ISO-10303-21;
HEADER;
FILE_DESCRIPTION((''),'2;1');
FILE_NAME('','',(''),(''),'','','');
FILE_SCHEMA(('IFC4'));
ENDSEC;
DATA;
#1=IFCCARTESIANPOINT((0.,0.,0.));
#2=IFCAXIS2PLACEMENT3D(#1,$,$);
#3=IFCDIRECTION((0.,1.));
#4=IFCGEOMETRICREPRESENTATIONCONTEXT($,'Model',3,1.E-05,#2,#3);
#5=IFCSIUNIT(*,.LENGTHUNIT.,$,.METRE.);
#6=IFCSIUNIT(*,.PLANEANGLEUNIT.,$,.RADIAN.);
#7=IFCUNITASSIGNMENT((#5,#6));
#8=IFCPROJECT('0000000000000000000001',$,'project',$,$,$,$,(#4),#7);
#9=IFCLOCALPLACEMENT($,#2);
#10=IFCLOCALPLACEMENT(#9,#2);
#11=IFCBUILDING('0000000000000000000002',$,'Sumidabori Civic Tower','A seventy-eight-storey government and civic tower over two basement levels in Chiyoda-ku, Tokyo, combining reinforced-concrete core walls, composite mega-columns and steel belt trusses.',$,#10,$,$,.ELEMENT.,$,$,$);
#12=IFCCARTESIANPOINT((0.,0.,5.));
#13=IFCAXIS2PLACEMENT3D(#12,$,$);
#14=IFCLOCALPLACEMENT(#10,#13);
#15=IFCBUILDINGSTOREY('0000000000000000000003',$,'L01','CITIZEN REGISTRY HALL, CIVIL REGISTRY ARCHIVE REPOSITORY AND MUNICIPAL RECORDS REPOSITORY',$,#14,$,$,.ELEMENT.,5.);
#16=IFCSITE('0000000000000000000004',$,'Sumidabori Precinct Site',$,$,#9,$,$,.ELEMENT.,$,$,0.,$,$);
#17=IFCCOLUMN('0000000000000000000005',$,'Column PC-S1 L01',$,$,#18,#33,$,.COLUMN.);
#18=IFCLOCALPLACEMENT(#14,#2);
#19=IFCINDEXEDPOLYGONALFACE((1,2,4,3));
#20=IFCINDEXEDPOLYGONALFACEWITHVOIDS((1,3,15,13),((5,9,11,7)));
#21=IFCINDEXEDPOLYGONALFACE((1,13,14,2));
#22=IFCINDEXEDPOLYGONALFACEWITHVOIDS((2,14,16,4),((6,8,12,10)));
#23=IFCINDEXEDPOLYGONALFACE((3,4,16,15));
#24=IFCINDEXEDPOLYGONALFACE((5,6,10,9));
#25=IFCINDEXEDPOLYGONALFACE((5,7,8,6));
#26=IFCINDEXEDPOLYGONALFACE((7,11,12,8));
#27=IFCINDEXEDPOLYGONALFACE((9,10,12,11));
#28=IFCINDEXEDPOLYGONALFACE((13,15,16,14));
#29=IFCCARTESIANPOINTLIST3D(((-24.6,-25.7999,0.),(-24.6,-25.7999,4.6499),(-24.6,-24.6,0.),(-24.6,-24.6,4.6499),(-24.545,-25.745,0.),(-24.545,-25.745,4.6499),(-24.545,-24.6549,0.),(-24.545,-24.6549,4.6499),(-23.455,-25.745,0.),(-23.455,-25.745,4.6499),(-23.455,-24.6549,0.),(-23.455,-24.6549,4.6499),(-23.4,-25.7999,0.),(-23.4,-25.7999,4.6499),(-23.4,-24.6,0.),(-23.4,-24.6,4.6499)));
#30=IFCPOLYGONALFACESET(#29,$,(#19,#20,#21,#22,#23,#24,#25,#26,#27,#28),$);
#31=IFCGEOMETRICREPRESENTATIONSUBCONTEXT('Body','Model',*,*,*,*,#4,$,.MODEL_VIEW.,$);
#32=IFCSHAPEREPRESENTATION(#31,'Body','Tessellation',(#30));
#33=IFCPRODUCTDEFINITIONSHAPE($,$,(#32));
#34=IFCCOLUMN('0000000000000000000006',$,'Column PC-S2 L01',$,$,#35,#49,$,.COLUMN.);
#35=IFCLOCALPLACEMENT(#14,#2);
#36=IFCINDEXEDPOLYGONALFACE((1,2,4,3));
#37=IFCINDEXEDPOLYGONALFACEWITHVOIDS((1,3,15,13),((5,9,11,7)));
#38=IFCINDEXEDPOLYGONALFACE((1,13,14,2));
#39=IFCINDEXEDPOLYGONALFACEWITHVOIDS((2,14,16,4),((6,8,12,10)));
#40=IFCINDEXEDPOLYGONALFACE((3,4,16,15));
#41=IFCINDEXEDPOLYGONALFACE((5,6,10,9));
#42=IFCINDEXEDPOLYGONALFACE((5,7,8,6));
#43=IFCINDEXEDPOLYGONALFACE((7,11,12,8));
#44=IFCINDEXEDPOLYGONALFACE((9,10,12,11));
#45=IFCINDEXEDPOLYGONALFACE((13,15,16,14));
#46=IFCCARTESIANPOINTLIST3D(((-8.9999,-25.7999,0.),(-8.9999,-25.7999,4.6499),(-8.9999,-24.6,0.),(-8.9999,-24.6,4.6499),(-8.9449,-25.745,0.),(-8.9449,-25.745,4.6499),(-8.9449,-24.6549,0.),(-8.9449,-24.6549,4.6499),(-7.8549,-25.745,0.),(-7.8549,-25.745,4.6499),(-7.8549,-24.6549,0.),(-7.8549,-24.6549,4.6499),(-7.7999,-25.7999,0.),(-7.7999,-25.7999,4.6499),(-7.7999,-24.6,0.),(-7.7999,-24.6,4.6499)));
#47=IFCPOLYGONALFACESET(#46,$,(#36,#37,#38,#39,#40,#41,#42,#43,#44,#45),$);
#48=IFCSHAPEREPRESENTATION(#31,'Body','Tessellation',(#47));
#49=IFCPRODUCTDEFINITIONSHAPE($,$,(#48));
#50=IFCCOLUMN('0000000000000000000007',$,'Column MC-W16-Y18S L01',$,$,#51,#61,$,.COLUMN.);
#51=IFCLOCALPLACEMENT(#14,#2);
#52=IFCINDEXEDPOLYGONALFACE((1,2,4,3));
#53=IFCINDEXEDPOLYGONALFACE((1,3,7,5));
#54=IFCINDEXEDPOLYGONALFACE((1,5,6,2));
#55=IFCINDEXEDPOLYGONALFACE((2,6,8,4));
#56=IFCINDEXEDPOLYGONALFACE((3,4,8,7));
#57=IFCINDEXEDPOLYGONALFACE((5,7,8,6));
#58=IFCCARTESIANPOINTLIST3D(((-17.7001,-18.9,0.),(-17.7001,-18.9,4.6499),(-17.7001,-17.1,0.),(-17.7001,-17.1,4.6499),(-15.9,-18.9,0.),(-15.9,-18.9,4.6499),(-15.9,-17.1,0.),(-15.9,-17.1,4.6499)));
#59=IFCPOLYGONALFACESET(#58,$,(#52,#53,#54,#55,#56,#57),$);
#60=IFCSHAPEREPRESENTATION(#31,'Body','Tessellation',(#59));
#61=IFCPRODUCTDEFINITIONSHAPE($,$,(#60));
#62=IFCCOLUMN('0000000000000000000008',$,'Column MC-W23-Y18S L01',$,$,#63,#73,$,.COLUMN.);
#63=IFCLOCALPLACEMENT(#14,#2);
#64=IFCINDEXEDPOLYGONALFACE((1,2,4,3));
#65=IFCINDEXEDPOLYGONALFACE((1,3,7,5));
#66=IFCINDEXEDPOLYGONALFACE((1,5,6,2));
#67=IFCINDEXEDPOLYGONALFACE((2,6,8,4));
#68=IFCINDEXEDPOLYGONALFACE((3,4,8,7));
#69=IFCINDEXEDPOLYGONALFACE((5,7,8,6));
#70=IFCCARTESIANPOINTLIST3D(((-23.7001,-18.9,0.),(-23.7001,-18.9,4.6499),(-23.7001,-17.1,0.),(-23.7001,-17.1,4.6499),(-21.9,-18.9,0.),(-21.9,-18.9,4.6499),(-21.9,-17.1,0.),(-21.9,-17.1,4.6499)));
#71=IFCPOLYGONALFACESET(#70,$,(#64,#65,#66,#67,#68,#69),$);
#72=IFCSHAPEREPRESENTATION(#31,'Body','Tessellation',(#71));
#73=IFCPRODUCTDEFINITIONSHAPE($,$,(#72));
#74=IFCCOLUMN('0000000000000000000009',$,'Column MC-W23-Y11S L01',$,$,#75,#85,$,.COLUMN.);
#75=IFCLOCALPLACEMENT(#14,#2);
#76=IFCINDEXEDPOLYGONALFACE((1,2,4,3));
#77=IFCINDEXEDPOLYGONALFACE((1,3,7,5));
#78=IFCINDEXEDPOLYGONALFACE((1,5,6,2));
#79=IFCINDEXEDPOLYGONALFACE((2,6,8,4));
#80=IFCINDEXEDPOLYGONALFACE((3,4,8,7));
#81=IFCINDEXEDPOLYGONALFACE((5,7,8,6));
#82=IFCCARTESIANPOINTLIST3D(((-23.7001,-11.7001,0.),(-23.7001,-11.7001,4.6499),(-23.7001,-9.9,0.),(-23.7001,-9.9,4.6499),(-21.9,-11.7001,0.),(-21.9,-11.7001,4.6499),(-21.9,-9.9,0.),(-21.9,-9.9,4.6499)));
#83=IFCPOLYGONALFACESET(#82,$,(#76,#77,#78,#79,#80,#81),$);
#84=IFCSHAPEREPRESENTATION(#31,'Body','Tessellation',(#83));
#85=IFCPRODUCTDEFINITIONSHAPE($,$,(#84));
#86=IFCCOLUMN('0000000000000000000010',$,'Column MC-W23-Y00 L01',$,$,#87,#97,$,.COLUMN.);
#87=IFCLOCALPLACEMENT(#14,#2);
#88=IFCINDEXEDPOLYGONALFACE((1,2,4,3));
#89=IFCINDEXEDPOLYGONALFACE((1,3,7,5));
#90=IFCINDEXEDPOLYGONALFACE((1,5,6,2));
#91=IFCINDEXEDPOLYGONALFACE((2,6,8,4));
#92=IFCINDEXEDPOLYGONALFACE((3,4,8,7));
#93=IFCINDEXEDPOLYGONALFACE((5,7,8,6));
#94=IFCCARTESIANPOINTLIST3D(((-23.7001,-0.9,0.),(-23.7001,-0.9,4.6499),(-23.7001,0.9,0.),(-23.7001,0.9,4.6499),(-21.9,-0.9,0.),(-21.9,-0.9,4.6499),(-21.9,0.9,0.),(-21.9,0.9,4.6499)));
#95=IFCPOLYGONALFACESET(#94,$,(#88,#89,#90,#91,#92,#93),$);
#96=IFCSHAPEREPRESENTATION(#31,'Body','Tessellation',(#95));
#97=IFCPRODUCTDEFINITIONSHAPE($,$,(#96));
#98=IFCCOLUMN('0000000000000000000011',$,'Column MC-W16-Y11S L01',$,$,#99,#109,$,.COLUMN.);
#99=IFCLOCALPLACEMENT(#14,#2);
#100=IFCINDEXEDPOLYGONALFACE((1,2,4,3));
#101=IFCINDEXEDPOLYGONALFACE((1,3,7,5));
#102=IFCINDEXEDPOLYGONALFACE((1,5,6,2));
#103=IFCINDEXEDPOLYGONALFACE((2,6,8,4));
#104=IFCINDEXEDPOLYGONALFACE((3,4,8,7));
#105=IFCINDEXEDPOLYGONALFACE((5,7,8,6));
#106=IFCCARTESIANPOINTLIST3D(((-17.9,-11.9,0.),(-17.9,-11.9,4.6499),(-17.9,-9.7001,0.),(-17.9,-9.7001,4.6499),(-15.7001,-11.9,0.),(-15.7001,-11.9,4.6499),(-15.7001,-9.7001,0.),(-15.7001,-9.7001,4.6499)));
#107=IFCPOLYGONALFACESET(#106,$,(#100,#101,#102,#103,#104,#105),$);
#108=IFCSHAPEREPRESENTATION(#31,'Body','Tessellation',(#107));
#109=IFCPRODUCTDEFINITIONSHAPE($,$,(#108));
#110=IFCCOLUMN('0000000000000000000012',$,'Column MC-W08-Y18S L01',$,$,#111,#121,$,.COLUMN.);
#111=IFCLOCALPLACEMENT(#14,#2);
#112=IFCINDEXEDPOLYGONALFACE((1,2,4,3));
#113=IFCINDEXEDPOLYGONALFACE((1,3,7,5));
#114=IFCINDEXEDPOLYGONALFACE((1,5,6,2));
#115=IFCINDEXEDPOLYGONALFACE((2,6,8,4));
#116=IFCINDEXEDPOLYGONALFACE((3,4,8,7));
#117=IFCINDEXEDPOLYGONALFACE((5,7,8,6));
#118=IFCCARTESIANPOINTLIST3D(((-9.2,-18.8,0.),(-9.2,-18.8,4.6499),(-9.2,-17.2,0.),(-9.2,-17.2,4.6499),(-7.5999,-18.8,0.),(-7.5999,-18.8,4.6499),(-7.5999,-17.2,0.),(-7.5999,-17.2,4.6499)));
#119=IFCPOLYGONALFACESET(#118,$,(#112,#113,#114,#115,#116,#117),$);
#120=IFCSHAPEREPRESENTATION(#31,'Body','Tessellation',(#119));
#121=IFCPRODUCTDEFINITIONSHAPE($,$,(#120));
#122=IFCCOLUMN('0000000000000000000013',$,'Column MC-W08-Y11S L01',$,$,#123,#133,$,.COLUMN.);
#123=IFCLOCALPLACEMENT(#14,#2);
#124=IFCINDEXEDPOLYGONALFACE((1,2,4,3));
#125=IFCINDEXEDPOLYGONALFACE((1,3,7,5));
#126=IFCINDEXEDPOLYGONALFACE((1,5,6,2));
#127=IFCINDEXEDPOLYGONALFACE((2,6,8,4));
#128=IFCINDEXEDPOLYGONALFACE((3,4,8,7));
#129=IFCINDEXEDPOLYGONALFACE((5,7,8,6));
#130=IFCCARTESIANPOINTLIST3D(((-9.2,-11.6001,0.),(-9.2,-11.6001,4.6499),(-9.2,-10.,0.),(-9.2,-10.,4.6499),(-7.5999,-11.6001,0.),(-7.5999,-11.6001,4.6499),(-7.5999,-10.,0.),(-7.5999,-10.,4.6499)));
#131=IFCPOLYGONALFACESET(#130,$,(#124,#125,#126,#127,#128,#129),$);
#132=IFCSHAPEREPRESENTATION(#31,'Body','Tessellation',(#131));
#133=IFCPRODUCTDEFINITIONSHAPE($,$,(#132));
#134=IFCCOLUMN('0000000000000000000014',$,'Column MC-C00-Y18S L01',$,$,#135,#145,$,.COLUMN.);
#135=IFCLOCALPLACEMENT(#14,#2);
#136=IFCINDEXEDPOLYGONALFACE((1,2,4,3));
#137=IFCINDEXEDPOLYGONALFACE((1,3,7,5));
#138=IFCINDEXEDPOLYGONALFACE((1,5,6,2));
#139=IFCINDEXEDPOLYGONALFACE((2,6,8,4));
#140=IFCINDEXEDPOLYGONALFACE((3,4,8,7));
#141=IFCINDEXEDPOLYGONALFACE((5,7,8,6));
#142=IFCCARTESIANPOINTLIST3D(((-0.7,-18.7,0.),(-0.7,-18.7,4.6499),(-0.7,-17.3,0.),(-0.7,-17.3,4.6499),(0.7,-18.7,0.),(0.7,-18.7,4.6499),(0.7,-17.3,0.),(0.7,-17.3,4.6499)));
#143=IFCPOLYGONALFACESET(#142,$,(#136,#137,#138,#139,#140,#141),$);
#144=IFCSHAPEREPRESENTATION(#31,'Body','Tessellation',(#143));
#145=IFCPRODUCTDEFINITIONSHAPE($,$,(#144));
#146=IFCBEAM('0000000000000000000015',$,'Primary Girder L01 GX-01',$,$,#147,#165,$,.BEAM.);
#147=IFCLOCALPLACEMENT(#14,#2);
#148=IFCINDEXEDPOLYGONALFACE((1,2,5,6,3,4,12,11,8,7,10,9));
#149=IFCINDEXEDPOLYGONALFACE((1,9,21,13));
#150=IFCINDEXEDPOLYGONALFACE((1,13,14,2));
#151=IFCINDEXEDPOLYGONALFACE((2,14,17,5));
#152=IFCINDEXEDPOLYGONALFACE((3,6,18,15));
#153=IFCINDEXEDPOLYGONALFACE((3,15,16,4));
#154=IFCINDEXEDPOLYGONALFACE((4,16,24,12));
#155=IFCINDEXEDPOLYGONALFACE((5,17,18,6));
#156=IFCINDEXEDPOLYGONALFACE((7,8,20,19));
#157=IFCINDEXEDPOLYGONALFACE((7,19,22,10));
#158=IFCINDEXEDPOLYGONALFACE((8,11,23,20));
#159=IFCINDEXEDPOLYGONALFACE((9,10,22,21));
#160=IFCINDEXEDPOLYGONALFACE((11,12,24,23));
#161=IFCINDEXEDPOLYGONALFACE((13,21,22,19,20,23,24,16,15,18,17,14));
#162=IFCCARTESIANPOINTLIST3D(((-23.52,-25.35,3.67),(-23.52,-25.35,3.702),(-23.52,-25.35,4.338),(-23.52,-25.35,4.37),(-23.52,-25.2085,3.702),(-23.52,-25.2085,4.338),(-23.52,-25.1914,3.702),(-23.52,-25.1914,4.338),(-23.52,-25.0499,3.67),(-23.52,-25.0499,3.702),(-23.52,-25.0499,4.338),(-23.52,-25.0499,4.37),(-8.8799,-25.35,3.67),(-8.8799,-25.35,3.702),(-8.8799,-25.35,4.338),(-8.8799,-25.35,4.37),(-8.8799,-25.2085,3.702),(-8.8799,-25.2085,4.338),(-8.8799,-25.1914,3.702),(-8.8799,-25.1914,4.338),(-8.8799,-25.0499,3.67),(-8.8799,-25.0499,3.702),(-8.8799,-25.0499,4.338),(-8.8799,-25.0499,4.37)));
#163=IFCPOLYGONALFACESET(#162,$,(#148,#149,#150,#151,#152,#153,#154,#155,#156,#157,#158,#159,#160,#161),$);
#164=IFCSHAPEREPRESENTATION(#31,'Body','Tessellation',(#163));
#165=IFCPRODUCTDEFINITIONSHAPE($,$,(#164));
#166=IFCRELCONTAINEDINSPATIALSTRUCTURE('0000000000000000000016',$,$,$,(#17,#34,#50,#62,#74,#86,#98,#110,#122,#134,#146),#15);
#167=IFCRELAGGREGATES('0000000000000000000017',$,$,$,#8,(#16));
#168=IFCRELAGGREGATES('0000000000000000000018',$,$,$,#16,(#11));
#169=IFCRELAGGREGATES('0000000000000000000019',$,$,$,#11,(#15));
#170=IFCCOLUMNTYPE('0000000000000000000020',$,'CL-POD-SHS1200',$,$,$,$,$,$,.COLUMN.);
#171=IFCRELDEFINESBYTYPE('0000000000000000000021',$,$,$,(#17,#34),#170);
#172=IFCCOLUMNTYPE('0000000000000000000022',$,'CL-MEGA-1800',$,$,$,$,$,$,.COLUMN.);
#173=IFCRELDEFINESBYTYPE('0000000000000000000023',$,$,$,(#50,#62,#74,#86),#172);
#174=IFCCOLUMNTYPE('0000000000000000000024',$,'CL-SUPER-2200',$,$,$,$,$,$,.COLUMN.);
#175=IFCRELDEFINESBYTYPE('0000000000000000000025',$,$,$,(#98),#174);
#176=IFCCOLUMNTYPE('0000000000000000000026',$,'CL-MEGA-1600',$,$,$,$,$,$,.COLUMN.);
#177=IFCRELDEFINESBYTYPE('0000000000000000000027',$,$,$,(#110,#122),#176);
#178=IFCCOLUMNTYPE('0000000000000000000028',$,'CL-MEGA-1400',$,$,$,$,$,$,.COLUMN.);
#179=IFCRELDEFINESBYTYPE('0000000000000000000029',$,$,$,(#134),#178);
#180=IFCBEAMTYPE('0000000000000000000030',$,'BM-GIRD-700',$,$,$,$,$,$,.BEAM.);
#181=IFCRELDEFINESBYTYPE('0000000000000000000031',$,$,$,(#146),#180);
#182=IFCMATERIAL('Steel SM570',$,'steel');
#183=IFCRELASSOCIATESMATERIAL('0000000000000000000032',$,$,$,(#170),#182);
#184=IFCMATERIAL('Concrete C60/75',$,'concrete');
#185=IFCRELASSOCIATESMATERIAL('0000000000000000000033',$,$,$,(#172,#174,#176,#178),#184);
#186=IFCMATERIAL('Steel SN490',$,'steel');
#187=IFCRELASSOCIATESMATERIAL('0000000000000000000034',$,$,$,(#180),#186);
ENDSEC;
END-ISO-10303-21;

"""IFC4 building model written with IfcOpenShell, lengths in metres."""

from ifc_helpers import new_model, si_unit, direction, frame, origin, origin_2d, place, context, subcontext, project, spatial, rectangle, hollow_rectangle, i_section, extrude, source, transform, mapped, material, material_profile, profile_set, type_object, element, save


model = new_model("IFC4")

# Units and contexts
model_context = context("Model", 3, precision=1e-05, world=origin(), true_north=direction((0.0, 1.0)))
body_context = subcontext(model_context, "Body", "Model", "MODEL_VIEW")
ifc_project = project(units=[si_unit("LENGTHUNIT", "METRE"), si_unit("PLANEANGLEUNIT", "RADIAN")], contexts=[model_context])

# Site, building, storey
site_placement = place(None, origin())
site = spatial("IfcSite", under=ifc_project, at=site_placement, Name="Sumidabori Precinct Site", CompositionType="ELEMENT", RefElevation=0.0)
building_placement = place(site_placement, origin())
building = spatial("IfcBuilding", under=site, at=building_placement, Name="Sumidabori Civic Tower", Description="A seventy-eight-storey government and civic tower over two basement levels in Chiyoda-ku, Tokyo, combining reinforced-concrete core walls, composite mega-columns and steel belt trusses.", CompositionType="ELEMENT")
storey_placement = place(building_placement, frame((0.0, 0.0, 5.0)))
storey = spatial("IfcBuildingStorey", under=building, at=storey_placement, Name="L01", Description="CITIZEN REGISTRY HALL, CIVIL REGISTRY ARCHIVE REPOSITORY AND MUNICIPAL RECORDS REPOSITORY", CompositionType="ELEMENT", Elevation=5.0)

# Columns
ifc_material_1 = material(Name="Steel SM570", Category="steel")
ifc_material_profile_1 = material_profile(ifc_material_1, hollow_rectangle(XDim=1.2, YDim=1.2, WallThickness=0.0549, at=origin_2d()), Name="SHS 1200x1200x55")
ifc_profile_set_1 = profile_set([ifc_material_profile_1], Name="Steel SM570")
column_type_1 = type_object("IfcColumnType", Name="CL-POD-SHS1200", PredefinedType="COLUMN", material=ifc_profile_set_1)
shared_shape_1 = source(origin(), body_context, "Body", "SweptSolid", [
    extrude(hollow_rectangle(XDim=1.2, YDim=1.2, WallThickness=0.0549, at=origin_2d()), origin(), (0.0, 0.0, 1.0), 4.6499),
])
for number, where, z_axis, x_axis, name in (
    (1, (-24.0, -25.2, 0.0), (0.0, 0.0, 1.0), (1.0, 0.0, 0.0), "Column PC-S1 L01"),
    (2, (-8.3999, -25.2, 0.0), (0.0, 0.0, 1.0), (1.0, 0.0, 0.0), "Column PC-S2 L01"),
):
    element("IfcColumn", number, at=place(storey_placement, frame(where, z_axis=z_axis, x_axis=x_axis)), inside=storey, type_object=column_type_1, Name=name, PredefinedType="COLUMN", context=body_context, shape_type="MappedRepresentation", body=[
        mapped(shared_shape_1, transform((0.0, 0.0, 0.0), x_axis=(1.0, 0.0, 0.0), y_axis=(0.0, 1.0, 0.0), z_axis=(0.0, 0.0, 1.0), scale=1.0)),
    ])
ifc_material_2 = material(Name="Concrete C60/75", Category="concrete")
ifc_material_profile_2 = material_profile(ifc_material_2, rectangle(XDim=1.8, YDim=1.8, at=origin_2d()), Name="RC 1800x1800")
ifc_profile_set_2 = profile_set([ifc_material_profile_2], Name="Concrete C60/75")
column_type_2 = type_object("IfcColumnType", Name="CL-MEGA-1800", PredefinedType="COLUMN", material=ifc_profile_set_2)
shared_shape_2 = source(origin(), body_context, "Body", "SweptSolid", [
    extrude(rectangle(XDim=1.8, YDim=1.8, at=origin_2d()), origin(), (0.0, 0.0, 1.0), 4.6499),
])
for number, where, z_axis, x_axis, name in (
    (3, (-16.8, -18.0, 0.0), (0.0, 0.0, 1.0), (1.0, 0.0, 0.0), "Column MC-W16-Y18S L01"),
    (4, (-22.8, -18.0, 0.0), (0.0, 0.0, 1.0), (1.0, 0.0, 0.0), "Column MC-W23-Y18S L01"),
    (5, (-22.8, -10.8, 0.0), (0.0, 0.0, 1.0), (1.0, 0.0, 0.0), "Column MC-W23-Y11S L01"),
    (6, (-22.8, 0.0, 0.0), (0.0, 0.0, 1.0), (1.0, 0.0, 0.0), "Column MC-W23-Y00 L01"),
):
    element("IfcColumn", number, at=place(storey_placement, frame(where, z_axis=z_axis, x_axis=x_axis)), inside=storey, type_object=column_type_2, Name=name, PredefinedType="COLUMN", context=body_context, shape_type="MappedRepresentation", body=[
        mapped(shared_shape_2, transform((0.0, 0.0, 0.0), x_axis=(1.0, 0.0, 0.0), y_axis=(0.0, 1.0, 0.0), z_axis=(0.0, 0.0, 1.0), scale=1.0)),
    ])
ifc_material_profile_3 = material_profile(ifc_material_2, rectangle(XDim=2.2, YDim=2.2, at=origin_2d()), Name="RC 2200x2200")
ifc_profile_set_3 = profile_set([ifc_material_profile_3], Name="Concrete C60/75")
column_type_3 = type_object("IfcColumnType", Name="CL-SUPER-2200", PredefinedType="COLUMN", material=ifc_profile_set_3)
shared_shape_3 = source(origin(), body_context, "Body", "SweptSolid", [
    extrude(rectangle(XDim=2.2, YDim=2.2, at=origin_2d()), origin(), (0.0, 0.0, 1.0), 4.6499),
])
column_1_placement = place(storey_placement, frame((-16.8, -10.8, 0.0), z_axis=(0.0, 0.0, 1.0), x_axis=(1.0, 0.0, 0.0)))
element("IfcColumn", 7, at=column_1_placement, inside=storey, type_object=column_type_3, Name="Column MC-W16-Y11S L01", PredefinedType="COLUMN", context=body_context, shape_type="MappedRepresentation", body=[
    mapped(shared_shape_3, transform((0.0, 0.0, 0.0), x_axis=(1.0, 0.0, 0.0), y_axis=(0.0, 1.0, 0.0), z_axis=(0.0, 0.0, 1.0), scale=1.0)),
])
ifc_material_profile_4 = material_profile(ifc_material_2, rectangle(XDim=1.6001, YDim=1.6001, at=origin_2d()), Name="RC 1600x1600")
ifc_profile_set_4 = profile_set([ifc_material_profile_4], Name="Concrete C60/75")
column_type_4 = type_object("IfcColumnType", Name="CL-MEGA-1600", PredefinedType="COLUMN", material=ifc_profile_set_4)
shared_shape_4 = source(origin(), body_context, "Body", "SweptSolid", [
    extrude(rectangle(XDim=1.6001, YDim=1.6001, at=origin_2d()), origin(), (0.0, 0.0, 1.0), 4.6499),
])
for number, where, z_axis, x_axis, name in (
    (8, (-8.3999, -18.0, 0.0), (0.0, 0.0, 1.0), (1.0, 0.0, 0.0), "Column MC-W08-Y18S L01"),
    (9, (-8.3999, -10.8, 0.0), (0.0, 0.0, 1.0), (1.0, 0.0, 0.0), "Column MC-W08-Y11S L01"),
):
    element("IfcColumn", number, at=place(storey_placement, frame(where, z_axis=z_axis, x_axis=x_axis)), inside=storey, type_object=column_type_4, Name=name, PredefinedType="COLUMN", context=body_context, shape_type="MappedRepresentation", body=[
        mapped(shared_shape_4, transform((0.0, 0.0, 0.0), x_axis=(1.0, 0.0, 0.0), y_axis=(0.0, 1.0, 0.0), z_axis=(0.0, 0.0, 1.0), scale=1.0)),
    ])
ifc_material_profile_5 = material_profile(ifc_material_2, rectangle(XDim=1.3999, YDim=1.3999, at=origin_2d()), Name="RC 1400x1400")
ifc_profile_set_5 = profile_set([ifc_material_profile_5], Name="Concrete C60/75")
column_type_5 = type_object("IfcColumnType", Name="CL-MEGA-1400", PredefinedType="COLUMN", material=ifc_profile_set_5)
shared_shape_5 = source(origin(), body_context, "Body", "SweptSolid", [
    extrude(rectangle(XDim=1.3999, YDim=1.3999, at=origin_2d()), origin(), (0.0, 0.0, 1.0), 4.6499),
])
column_2_placement = place(storey_placement, frame((0.0, -18.0, 0.0), z_axis=(0.0, 0.0, 1.0), x_axis=(1.0, 0.0, 0.0)))
element("IfcColumn", 10, at=column_2_placement, inside=storey, type_object=column_type_5, Name="Column MC-C00-Y18S L01", PredefinedType="COLUMN", context=body_context, shape_type="MappedRepresentation", body=[
    mapped(shared_shape_5, transform((0.0, 0.0, 0.0), x_axis=(1.0, 0.0, 0.0), y_axis=(0.0, 1.0, 0.0), z_axis=(0.0, 0.0, 1.0), scale=1.0)),
])

# Beam
ifc_material_3 = material(Name="Steel SN490", Category="steel")
ifc_material_profile_6 = material_profile(ifc_material_3, i_section(OverallWidth=0.3, OverallDepth=0.7, WebThickness=0.0171, FlangeThickness=0.032, at=origin_2d()), Name="HE 700 B")
ifc_profile_set_6 = profile_set([ifc_material_profile_6], Name="Steel SN490")
beam_type_1 = type_object("IfcBeamType", Name="BM-GIRD-700", PredefinedType="BEAM", material=ifc_profile_set_6)
shared_shape_6 = source(origin(), body_context, "Body", "SweptSolid", [
    extrude(i_section(OverallWidth=0.3, OverallDepth=0.7, WebThickness=0.0171, FlangeThickness=0.032, at=origin_2d()), origin(), (0.0, 0.0, 1.0), 14.6401),
])
beam_placement = place(storey_placement, frame((-23.52, -25.2, 4.02), z_axis=(1.0, 0.0, 0.0), x_axis=(0.0, 1.0, 0.0)))
element("IfcBeam", 11, at=beam_placement, inside=storey, type_object=beam_type_1, Name="Primary Girder L01 GX-01", PredefinedType="BEAM", context=body_context, shape_type="MappedRepresentation", body=[
    mapped(shared_shape_6, transform((0.0, 0.0, 0.0), x_axis=(1.0, 0.0, 0.0), y_axis=(0.0, 1.0, 0.0), z_axis=(0.0, 0.0, 1.0), scale=1.0)),
])

save(model, "model.ifc")
